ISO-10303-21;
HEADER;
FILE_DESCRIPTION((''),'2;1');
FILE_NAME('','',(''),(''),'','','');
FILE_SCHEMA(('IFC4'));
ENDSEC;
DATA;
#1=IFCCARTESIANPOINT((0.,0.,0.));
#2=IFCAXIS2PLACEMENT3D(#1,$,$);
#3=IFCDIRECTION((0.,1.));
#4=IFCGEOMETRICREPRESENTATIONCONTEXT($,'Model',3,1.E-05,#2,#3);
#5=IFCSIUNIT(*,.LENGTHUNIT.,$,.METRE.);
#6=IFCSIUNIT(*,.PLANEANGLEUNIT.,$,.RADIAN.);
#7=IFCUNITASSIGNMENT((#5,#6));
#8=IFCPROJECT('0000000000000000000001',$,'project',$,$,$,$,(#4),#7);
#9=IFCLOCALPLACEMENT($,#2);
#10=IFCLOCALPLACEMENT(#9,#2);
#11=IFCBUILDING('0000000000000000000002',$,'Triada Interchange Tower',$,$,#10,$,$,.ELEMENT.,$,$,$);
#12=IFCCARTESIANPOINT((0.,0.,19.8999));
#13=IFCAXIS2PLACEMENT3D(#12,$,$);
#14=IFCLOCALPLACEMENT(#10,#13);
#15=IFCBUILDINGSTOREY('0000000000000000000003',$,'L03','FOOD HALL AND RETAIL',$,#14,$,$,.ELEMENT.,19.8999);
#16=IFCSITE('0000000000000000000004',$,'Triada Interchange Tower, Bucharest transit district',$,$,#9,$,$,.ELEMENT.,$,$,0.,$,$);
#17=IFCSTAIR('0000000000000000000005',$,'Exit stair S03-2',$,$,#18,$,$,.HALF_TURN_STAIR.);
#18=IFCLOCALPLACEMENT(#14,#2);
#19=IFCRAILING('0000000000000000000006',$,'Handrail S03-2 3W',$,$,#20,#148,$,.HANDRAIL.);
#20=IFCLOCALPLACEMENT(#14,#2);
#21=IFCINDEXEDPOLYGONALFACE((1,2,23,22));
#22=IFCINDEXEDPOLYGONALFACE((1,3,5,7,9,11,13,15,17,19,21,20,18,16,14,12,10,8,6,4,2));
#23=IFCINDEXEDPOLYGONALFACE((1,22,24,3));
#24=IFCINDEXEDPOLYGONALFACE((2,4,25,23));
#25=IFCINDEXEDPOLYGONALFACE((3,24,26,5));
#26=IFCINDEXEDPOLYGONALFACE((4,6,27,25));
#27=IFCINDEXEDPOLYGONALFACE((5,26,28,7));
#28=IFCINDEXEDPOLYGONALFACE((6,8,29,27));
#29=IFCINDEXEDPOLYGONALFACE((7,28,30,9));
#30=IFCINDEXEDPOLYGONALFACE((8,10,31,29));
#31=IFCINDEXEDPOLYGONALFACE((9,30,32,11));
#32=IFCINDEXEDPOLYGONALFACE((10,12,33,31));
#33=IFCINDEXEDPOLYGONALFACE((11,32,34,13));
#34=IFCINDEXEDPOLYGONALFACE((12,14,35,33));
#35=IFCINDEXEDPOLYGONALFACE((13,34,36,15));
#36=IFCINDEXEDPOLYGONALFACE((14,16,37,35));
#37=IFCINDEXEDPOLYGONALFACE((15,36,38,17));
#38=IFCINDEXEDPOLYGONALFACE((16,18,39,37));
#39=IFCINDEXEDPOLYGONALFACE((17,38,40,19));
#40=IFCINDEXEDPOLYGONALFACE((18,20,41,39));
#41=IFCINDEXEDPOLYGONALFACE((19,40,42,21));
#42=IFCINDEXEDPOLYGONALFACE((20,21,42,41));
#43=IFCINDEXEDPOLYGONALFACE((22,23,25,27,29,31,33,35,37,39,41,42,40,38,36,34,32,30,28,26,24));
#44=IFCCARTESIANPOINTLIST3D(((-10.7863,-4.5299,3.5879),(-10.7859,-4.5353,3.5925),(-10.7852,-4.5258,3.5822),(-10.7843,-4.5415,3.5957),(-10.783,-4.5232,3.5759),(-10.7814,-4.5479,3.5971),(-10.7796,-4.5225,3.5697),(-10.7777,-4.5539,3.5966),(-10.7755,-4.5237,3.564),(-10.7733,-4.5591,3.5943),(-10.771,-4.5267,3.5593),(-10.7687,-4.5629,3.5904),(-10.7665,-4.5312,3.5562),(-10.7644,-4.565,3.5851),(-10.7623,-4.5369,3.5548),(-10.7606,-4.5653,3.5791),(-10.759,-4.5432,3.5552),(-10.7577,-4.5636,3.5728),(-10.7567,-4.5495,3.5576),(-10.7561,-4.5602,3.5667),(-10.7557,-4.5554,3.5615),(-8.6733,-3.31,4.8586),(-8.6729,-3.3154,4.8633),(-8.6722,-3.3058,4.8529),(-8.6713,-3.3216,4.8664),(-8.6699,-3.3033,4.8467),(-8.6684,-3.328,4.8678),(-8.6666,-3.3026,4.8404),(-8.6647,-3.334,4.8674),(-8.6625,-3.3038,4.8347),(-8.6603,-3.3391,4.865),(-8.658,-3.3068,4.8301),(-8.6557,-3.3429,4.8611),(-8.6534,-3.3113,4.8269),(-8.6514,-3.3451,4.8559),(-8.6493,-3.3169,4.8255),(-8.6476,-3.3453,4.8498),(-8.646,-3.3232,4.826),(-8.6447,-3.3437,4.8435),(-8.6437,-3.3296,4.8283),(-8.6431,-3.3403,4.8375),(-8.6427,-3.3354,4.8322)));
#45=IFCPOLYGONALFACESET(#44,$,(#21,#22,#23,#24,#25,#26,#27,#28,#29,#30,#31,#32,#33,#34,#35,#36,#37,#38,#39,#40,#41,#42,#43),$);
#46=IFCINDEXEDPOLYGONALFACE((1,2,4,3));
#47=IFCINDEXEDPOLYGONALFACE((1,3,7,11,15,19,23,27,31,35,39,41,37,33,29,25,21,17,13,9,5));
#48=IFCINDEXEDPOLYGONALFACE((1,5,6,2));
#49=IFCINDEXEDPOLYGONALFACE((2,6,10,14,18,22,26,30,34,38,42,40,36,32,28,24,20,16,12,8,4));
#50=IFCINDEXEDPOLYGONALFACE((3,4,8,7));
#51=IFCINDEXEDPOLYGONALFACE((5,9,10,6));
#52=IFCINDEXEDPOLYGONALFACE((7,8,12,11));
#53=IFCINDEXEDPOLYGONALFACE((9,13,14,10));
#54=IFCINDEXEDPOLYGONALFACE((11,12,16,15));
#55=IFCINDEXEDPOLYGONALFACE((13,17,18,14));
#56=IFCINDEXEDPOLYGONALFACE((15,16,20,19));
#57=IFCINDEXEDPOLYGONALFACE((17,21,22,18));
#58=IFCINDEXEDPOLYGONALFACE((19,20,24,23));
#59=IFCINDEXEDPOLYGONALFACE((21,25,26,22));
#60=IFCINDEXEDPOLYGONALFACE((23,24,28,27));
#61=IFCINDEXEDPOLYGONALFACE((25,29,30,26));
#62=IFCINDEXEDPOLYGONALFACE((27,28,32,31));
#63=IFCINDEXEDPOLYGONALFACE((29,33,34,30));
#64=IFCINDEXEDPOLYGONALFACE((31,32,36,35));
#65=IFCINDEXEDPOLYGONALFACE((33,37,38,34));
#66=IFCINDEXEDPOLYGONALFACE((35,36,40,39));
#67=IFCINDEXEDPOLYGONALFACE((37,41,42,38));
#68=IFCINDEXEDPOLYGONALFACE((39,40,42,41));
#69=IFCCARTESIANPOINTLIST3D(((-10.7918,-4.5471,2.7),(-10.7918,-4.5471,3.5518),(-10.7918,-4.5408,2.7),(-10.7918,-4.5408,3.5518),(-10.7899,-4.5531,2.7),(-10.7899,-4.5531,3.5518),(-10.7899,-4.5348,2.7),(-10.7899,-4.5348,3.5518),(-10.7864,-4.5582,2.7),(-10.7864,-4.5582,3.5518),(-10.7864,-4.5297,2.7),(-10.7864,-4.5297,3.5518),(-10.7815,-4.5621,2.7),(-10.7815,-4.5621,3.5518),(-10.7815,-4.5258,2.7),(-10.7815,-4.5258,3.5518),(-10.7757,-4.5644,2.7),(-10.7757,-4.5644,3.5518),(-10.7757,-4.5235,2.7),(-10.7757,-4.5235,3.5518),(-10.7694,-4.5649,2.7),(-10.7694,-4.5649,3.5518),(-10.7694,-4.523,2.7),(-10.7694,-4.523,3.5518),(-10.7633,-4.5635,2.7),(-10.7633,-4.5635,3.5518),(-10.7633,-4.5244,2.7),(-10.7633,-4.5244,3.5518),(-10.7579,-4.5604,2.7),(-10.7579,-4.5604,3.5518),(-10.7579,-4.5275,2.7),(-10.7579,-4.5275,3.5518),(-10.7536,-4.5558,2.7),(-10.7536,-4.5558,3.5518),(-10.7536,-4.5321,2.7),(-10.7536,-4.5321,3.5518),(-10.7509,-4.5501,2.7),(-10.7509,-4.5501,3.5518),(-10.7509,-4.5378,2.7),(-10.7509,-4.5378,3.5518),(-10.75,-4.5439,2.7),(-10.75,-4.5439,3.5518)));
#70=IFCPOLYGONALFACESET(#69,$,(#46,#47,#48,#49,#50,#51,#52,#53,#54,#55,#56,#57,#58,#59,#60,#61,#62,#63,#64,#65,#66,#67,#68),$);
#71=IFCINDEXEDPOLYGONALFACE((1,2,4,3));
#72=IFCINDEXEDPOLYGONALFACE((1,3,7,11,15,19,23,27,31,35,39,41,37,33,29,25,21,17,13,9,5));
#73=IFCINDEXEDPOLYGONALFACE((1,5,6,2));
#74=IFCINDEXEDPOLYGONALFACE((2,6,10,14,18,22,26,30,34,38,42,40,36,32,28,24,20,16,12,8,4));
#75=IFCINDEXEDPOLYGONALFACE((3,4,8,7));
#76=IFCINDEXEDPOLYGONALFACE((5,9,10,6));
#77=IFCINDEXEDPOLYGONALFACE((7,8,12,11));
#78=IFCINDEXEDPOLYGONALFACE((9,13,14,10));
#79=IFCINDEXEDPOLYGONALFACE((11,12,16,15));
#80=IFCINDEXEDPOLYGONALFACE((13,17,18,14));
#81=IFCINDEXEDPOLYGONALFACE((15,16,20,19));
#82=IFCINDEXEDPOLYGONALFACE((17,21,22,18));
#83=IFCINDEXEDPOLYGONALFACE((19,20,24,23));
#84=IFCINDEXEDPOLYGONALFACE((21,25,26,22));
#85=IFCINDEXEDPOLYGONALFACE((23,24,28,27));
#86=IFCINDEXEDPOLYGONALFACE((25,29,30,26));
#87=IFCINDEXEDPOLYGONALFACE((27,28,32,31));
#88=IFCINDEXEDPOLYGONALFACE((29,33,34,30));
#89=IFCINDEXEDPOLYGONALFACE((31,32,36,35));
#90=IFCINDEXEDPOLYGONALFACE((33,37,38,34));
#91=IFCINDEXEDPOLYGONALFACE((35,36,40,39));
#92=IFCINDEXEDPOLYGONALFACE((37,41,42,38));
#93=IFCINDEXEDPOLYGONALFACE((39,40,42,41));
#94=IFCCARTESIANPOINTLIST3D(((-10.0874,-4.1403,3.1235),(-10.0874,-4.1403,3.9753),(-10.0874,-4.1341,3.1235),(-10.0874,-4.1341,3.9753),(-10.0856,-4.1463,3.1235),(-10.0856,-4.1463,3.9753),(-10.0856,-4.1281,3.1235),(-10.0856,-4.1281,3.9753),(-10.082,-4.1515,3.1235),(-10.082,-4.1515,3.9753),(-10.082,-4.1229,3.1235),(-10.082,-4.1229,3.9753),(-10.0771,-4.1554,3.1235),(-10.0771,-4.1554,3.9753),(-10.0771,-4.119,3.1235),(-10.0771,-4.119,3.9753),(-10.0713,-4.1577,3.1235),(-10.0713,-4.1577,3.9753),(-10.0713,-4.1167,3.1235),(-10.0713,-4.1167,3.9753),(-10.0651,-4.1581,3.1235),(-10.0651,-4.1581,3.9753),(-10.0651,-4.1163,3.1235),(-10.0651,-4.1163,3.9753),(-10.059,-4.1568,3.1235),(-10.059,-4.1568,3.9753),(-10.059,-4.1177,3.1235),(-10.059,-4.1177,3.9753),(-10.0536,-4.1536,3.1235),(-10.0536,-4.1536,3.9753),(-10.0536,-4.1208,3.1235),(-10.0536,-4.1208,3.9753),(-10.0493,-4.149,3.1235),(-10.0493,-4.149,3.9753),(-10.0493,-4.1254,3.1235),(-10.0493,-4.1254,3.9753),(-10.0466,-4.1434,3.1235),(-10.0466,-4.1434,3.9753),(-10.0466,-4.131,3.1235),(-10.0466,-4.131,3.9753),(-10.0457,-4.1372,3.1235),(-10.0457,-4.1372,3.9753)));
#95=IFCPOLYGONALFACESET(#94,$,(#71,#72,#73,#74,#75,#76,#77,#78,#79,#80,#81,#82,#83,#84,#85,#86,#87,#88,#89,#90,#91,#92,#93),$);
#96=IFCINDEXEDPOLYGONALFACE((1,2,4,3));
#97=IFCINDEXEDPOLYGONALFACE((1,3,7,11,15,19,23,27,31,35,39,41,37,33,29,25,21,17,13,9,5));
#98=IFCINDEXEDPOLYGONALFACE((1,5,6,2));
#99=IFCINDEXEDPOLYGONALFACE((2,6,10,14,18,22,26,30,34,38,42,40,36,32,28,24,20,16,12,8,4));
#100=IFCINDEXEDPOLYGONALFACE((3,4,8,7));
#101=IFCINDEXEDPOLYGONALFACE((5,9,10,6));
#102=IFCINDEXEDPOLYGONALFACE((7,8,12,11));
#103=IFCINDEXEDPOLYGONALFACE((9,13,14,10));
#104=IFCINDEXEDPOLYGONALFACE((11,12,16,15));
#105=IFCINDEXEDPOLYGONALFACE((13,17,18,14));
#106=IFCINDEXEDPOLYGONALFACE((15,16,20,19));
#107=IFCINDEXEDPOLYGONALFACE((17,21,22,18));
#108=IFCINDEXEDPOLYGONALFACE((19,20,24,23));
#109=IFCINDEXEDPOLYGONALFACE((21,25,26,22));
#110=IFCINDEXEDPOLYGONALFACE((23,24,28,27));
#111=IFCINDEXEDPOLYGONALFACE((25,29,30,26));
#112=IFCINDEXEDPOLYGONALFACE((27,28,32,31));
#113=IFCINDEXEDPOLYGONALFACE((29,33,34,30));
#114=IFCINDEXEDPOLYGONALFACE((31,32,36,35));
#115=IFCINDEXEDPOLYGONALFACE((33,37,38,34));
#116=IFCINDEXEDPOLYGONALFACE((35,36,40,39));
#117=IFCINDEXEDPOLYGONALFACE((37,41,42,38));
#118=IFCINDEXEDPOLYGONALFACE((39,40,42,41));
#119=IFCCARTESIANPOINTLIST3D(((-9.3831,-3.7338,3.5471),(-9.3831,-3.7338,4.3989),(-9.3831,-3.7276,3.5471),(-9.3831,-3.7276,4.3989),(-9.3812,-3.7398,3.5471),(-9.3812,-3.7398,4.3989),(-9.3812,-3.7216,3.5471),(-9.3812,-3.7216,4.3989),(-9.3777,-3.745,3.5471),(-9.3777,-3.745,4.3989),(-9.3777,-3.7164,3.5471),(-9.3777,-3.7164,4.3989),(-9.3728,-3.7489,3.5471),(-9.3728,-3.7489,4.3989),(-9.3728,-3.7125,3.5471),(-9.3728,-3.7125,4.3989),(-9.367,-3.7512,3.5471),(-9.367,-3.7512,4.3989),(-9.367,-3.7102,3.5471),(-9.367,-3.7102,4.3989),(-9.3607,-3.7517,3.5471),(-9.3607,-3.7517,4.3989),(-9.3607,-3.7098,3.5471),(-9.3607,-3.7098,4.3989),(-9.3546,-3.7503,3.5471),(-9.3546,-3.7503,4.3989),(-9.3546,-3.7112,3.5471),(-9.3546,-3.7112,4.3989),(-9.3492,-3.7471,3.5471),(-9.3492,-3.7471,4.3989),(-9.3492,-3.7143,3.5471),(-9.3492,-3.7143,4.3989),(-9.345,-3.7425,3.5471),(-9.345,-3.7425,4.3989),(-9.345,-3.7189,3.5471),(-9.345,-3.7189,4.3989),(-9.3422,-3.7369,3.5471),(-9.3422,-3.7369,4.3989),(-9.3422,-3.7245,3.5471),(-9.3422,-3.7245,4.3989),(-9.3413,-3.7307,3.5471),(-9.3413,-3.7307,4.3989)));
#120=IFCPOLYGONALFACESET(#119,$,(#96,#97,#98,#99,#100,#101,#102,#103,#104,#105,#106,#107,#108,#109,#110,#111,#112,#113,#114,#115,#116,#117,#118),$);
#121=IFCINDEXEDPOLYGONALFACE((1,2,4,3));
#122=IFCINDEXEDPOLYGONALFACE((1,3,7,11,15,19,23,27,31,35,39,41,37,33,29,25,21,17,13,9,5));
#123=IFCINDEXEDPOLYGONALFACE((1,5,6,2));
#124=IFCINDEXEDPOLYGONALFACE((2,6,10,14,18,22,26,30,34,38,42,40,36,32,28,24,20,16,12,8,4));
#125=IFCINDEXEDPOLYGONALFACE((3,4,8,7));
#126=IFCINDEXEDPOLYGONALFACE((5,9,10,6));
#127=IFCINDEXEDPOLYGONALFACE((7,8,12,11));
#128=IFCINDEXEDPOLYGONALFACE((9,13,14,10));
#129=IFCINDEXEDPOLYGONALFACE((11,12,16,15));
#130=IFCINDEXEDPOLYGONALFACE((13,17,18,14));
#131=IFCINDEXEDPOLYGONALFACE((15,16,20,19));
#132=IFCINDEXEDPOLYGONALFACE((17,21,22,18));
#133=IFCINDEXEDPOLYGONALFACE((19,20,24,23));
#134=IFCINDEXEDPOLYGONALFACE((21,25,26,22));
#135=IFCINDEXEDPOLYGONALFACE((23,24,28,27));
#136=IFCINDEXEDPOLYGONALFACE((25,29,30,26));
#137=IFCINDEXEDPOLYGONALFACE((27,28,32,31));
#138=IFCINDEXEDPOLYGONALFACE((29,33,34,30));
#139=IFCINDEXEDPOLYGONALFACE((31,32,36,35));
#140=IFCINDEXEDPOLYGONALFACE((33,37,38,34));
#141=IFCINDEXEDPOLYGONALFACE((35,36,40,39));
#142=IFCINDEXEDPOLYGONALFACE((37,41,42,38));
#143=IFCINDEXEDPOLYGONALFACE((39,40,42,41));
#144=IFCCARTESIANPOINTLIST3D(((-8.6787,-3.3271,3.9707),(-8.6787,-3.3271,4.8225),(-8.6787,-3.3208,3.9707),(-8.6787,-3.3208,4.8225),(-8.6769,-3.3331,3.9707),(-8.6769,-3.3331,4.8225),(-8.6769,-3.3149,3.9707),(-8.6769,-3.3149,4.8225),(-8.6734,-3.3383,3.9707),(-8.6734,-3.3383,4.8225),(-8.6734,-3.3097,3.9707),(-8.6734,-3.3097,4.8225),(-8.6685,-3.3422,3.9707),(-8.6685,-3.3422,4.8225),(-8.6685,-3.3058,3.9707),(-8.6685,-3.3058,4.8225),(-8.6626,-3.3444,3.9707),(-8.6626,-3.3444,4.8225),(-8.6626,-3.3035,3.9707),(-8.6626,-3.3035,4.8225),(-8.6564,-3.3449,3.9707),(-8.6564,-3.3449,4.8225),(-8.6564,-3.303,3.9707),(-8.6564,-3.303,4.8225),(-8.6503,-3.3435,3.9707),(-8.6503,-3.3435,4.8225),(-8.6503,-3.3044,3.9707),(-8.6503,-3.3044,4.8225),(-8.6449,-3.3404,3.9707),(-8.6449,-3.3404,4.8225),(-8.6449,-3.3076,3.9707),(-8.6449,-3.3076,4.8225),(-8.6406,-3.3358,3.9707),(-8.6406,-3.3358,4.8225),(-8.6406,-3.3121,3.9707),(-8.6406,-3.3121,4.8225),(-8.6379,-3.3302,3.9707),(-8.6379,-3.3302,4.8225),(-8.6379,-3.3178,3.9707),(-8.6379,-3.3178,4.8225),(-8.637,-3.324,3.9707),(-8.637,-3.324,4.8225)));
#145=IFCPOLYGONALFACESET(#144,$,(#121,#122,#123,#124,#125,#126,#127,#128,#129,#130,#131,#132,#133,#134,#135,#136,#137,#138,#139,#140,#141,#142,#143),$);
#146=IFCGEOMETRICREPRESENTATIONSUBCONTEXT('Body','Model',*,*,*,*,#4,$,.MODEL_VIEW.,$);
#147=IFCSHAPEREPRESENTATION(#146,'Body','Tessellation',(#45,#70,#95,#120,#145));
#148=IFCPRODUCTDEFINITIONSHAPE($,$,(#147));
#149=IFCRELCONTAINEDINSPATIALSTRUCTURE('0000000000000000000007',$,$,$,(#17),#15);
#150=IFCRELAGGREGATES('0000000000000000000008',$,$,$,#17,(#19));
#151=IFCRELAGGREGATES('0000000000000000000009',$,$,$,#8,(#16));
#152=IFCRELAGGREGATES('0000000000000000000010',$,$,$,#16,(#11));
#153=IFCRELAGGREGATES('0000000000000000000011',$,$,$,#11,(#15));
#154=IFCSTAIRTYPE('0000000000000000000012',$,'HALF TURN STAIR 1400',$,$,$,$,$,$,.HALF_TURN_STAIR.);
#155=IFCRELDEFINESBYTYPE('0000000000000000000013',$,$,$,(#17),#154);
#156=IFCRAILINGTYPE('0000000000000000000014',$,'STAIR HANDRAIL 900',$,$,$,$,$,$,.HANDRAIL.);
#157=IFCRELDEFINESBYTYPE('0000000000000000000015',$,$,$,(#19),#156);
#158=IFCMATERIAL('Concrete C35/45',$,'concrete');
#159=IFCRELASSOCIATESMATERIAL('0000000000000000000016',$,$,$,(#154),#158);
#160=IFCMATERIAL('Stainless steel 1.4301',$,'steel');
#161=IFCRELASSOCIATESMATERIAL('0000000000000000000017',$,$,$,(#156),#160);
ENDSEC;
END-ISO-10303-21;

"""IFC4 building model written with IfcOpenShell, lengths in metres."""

from ifc_helpers import new_model, si_unit, direction, frame, origin, origin_2d, place, context, subcontext, project, spatial, circle, extrude, material, type_object, element, aggregate, save


model = new_model("IFC4")

# Units and contexts
model_context = context("Model", 3, precision=1e-05, world=origin(), true_north=direction((0.0, 1.0)))
body_context = subcontext(model_context, "Body", "Model", "MODEL_VIEW")
ifc_project = project(units=[si_unit("LENGTHUNIT", "METRE"), si_unit("PLANEANGLEUNIT", "RADIAN")], contexts=[model_context])

# Site, building, storey
site_placement = place(None, origin())
site = spatial("IfcSite", under=ifc_project, at=site_placement, Name="Triada Interchange Tower, Bucharest transit district", CompositionType="ELEMENT", RefElevation=0.0)
building_placement = place(site_placement, origin())
building = spatial("IfcBuilding", under=site, at=building_placement, Name="Triada Interchange Tower", CompositionType="ELEMENT")
storey_placement = place(building_placement, frame((0.0, 0.0, 19.8999)))
storey = spatial("IfcBuildingStorey", under=building, at=storey_placement, Name="L03", Description="FOOD HALL AND RETAIL", CompositionType="ELEMENT", Elevation=19.8999)

# Shared definitions
ifc_material_1 = material(Name="Concrete C35/45", Category="concrete")

# Stair, railing
stair_type = type_object("IfcStairType", Name="HALF TURN STAIR 1400", PredefinedType="HALF_TURN_STAIR", material=ifc_material_1)
stair_placement = place(storey_placement, origin())
stair = element("IfcStair", 1, at=stair_placement, inside=storey, type_object=stair_type, Name="Exit stair S03-2", PredefinedType="HALF_TURN_STAIR")
ifc_material_2 = material(Name="Stainless steel 1.4301", Category="steel")
railing_type = type_object("IfcRailingType", Name="STAIR HANDRAIL 900", PredefinedType="HANDRAIL", material=ifc_material_2)
railing_1_placement = place(storey_placement, frame((-10.771, -4.5439, 2.7)))
railing_1 = element("IfcRailing", 2, at=railing_1_placement, type_object=railing_type, Name="Handrail S03-2 3W", PredefinedType="HANDRAIL", context=body_context, shape_type="SweptSolid", body=[
    extrude(circle(Radius=0.0239, at=origin_2d()), frame((0.0, 0.0, 0.876), z_axis=(0.768095, 0.443463, 0.461922), x_axis=(-0.500003, 0.866024, 0.0)), (0.0, 0.0, 1.0), 2.751),
    extrude(circle(Radius=0.021, at=origin_2d()), origin(), (0.0, 0.0, 1.0), 0.8518),
    extrude(circle(Radius=0.021, at=origin_2d()), frame((0.7043, 0.4067, 0.4236)), (0.0, 0.0, 1.0), 0.8518),
    extrude(circle(Radius=0.021, at=origin_2d()), frame((1.4087, 0.8132, 0.8472)), (0.0, 0.0, 1.0), 0.8518),
    extrude(circle(Radius=0.021, at=origin_2d()), frame((2.113, 1.22, 1.2708)), (0.0, 0.0, 1.0), 0.8518),
])
aggregate(stair, [railing_1])

save(model, "model.ifc")
